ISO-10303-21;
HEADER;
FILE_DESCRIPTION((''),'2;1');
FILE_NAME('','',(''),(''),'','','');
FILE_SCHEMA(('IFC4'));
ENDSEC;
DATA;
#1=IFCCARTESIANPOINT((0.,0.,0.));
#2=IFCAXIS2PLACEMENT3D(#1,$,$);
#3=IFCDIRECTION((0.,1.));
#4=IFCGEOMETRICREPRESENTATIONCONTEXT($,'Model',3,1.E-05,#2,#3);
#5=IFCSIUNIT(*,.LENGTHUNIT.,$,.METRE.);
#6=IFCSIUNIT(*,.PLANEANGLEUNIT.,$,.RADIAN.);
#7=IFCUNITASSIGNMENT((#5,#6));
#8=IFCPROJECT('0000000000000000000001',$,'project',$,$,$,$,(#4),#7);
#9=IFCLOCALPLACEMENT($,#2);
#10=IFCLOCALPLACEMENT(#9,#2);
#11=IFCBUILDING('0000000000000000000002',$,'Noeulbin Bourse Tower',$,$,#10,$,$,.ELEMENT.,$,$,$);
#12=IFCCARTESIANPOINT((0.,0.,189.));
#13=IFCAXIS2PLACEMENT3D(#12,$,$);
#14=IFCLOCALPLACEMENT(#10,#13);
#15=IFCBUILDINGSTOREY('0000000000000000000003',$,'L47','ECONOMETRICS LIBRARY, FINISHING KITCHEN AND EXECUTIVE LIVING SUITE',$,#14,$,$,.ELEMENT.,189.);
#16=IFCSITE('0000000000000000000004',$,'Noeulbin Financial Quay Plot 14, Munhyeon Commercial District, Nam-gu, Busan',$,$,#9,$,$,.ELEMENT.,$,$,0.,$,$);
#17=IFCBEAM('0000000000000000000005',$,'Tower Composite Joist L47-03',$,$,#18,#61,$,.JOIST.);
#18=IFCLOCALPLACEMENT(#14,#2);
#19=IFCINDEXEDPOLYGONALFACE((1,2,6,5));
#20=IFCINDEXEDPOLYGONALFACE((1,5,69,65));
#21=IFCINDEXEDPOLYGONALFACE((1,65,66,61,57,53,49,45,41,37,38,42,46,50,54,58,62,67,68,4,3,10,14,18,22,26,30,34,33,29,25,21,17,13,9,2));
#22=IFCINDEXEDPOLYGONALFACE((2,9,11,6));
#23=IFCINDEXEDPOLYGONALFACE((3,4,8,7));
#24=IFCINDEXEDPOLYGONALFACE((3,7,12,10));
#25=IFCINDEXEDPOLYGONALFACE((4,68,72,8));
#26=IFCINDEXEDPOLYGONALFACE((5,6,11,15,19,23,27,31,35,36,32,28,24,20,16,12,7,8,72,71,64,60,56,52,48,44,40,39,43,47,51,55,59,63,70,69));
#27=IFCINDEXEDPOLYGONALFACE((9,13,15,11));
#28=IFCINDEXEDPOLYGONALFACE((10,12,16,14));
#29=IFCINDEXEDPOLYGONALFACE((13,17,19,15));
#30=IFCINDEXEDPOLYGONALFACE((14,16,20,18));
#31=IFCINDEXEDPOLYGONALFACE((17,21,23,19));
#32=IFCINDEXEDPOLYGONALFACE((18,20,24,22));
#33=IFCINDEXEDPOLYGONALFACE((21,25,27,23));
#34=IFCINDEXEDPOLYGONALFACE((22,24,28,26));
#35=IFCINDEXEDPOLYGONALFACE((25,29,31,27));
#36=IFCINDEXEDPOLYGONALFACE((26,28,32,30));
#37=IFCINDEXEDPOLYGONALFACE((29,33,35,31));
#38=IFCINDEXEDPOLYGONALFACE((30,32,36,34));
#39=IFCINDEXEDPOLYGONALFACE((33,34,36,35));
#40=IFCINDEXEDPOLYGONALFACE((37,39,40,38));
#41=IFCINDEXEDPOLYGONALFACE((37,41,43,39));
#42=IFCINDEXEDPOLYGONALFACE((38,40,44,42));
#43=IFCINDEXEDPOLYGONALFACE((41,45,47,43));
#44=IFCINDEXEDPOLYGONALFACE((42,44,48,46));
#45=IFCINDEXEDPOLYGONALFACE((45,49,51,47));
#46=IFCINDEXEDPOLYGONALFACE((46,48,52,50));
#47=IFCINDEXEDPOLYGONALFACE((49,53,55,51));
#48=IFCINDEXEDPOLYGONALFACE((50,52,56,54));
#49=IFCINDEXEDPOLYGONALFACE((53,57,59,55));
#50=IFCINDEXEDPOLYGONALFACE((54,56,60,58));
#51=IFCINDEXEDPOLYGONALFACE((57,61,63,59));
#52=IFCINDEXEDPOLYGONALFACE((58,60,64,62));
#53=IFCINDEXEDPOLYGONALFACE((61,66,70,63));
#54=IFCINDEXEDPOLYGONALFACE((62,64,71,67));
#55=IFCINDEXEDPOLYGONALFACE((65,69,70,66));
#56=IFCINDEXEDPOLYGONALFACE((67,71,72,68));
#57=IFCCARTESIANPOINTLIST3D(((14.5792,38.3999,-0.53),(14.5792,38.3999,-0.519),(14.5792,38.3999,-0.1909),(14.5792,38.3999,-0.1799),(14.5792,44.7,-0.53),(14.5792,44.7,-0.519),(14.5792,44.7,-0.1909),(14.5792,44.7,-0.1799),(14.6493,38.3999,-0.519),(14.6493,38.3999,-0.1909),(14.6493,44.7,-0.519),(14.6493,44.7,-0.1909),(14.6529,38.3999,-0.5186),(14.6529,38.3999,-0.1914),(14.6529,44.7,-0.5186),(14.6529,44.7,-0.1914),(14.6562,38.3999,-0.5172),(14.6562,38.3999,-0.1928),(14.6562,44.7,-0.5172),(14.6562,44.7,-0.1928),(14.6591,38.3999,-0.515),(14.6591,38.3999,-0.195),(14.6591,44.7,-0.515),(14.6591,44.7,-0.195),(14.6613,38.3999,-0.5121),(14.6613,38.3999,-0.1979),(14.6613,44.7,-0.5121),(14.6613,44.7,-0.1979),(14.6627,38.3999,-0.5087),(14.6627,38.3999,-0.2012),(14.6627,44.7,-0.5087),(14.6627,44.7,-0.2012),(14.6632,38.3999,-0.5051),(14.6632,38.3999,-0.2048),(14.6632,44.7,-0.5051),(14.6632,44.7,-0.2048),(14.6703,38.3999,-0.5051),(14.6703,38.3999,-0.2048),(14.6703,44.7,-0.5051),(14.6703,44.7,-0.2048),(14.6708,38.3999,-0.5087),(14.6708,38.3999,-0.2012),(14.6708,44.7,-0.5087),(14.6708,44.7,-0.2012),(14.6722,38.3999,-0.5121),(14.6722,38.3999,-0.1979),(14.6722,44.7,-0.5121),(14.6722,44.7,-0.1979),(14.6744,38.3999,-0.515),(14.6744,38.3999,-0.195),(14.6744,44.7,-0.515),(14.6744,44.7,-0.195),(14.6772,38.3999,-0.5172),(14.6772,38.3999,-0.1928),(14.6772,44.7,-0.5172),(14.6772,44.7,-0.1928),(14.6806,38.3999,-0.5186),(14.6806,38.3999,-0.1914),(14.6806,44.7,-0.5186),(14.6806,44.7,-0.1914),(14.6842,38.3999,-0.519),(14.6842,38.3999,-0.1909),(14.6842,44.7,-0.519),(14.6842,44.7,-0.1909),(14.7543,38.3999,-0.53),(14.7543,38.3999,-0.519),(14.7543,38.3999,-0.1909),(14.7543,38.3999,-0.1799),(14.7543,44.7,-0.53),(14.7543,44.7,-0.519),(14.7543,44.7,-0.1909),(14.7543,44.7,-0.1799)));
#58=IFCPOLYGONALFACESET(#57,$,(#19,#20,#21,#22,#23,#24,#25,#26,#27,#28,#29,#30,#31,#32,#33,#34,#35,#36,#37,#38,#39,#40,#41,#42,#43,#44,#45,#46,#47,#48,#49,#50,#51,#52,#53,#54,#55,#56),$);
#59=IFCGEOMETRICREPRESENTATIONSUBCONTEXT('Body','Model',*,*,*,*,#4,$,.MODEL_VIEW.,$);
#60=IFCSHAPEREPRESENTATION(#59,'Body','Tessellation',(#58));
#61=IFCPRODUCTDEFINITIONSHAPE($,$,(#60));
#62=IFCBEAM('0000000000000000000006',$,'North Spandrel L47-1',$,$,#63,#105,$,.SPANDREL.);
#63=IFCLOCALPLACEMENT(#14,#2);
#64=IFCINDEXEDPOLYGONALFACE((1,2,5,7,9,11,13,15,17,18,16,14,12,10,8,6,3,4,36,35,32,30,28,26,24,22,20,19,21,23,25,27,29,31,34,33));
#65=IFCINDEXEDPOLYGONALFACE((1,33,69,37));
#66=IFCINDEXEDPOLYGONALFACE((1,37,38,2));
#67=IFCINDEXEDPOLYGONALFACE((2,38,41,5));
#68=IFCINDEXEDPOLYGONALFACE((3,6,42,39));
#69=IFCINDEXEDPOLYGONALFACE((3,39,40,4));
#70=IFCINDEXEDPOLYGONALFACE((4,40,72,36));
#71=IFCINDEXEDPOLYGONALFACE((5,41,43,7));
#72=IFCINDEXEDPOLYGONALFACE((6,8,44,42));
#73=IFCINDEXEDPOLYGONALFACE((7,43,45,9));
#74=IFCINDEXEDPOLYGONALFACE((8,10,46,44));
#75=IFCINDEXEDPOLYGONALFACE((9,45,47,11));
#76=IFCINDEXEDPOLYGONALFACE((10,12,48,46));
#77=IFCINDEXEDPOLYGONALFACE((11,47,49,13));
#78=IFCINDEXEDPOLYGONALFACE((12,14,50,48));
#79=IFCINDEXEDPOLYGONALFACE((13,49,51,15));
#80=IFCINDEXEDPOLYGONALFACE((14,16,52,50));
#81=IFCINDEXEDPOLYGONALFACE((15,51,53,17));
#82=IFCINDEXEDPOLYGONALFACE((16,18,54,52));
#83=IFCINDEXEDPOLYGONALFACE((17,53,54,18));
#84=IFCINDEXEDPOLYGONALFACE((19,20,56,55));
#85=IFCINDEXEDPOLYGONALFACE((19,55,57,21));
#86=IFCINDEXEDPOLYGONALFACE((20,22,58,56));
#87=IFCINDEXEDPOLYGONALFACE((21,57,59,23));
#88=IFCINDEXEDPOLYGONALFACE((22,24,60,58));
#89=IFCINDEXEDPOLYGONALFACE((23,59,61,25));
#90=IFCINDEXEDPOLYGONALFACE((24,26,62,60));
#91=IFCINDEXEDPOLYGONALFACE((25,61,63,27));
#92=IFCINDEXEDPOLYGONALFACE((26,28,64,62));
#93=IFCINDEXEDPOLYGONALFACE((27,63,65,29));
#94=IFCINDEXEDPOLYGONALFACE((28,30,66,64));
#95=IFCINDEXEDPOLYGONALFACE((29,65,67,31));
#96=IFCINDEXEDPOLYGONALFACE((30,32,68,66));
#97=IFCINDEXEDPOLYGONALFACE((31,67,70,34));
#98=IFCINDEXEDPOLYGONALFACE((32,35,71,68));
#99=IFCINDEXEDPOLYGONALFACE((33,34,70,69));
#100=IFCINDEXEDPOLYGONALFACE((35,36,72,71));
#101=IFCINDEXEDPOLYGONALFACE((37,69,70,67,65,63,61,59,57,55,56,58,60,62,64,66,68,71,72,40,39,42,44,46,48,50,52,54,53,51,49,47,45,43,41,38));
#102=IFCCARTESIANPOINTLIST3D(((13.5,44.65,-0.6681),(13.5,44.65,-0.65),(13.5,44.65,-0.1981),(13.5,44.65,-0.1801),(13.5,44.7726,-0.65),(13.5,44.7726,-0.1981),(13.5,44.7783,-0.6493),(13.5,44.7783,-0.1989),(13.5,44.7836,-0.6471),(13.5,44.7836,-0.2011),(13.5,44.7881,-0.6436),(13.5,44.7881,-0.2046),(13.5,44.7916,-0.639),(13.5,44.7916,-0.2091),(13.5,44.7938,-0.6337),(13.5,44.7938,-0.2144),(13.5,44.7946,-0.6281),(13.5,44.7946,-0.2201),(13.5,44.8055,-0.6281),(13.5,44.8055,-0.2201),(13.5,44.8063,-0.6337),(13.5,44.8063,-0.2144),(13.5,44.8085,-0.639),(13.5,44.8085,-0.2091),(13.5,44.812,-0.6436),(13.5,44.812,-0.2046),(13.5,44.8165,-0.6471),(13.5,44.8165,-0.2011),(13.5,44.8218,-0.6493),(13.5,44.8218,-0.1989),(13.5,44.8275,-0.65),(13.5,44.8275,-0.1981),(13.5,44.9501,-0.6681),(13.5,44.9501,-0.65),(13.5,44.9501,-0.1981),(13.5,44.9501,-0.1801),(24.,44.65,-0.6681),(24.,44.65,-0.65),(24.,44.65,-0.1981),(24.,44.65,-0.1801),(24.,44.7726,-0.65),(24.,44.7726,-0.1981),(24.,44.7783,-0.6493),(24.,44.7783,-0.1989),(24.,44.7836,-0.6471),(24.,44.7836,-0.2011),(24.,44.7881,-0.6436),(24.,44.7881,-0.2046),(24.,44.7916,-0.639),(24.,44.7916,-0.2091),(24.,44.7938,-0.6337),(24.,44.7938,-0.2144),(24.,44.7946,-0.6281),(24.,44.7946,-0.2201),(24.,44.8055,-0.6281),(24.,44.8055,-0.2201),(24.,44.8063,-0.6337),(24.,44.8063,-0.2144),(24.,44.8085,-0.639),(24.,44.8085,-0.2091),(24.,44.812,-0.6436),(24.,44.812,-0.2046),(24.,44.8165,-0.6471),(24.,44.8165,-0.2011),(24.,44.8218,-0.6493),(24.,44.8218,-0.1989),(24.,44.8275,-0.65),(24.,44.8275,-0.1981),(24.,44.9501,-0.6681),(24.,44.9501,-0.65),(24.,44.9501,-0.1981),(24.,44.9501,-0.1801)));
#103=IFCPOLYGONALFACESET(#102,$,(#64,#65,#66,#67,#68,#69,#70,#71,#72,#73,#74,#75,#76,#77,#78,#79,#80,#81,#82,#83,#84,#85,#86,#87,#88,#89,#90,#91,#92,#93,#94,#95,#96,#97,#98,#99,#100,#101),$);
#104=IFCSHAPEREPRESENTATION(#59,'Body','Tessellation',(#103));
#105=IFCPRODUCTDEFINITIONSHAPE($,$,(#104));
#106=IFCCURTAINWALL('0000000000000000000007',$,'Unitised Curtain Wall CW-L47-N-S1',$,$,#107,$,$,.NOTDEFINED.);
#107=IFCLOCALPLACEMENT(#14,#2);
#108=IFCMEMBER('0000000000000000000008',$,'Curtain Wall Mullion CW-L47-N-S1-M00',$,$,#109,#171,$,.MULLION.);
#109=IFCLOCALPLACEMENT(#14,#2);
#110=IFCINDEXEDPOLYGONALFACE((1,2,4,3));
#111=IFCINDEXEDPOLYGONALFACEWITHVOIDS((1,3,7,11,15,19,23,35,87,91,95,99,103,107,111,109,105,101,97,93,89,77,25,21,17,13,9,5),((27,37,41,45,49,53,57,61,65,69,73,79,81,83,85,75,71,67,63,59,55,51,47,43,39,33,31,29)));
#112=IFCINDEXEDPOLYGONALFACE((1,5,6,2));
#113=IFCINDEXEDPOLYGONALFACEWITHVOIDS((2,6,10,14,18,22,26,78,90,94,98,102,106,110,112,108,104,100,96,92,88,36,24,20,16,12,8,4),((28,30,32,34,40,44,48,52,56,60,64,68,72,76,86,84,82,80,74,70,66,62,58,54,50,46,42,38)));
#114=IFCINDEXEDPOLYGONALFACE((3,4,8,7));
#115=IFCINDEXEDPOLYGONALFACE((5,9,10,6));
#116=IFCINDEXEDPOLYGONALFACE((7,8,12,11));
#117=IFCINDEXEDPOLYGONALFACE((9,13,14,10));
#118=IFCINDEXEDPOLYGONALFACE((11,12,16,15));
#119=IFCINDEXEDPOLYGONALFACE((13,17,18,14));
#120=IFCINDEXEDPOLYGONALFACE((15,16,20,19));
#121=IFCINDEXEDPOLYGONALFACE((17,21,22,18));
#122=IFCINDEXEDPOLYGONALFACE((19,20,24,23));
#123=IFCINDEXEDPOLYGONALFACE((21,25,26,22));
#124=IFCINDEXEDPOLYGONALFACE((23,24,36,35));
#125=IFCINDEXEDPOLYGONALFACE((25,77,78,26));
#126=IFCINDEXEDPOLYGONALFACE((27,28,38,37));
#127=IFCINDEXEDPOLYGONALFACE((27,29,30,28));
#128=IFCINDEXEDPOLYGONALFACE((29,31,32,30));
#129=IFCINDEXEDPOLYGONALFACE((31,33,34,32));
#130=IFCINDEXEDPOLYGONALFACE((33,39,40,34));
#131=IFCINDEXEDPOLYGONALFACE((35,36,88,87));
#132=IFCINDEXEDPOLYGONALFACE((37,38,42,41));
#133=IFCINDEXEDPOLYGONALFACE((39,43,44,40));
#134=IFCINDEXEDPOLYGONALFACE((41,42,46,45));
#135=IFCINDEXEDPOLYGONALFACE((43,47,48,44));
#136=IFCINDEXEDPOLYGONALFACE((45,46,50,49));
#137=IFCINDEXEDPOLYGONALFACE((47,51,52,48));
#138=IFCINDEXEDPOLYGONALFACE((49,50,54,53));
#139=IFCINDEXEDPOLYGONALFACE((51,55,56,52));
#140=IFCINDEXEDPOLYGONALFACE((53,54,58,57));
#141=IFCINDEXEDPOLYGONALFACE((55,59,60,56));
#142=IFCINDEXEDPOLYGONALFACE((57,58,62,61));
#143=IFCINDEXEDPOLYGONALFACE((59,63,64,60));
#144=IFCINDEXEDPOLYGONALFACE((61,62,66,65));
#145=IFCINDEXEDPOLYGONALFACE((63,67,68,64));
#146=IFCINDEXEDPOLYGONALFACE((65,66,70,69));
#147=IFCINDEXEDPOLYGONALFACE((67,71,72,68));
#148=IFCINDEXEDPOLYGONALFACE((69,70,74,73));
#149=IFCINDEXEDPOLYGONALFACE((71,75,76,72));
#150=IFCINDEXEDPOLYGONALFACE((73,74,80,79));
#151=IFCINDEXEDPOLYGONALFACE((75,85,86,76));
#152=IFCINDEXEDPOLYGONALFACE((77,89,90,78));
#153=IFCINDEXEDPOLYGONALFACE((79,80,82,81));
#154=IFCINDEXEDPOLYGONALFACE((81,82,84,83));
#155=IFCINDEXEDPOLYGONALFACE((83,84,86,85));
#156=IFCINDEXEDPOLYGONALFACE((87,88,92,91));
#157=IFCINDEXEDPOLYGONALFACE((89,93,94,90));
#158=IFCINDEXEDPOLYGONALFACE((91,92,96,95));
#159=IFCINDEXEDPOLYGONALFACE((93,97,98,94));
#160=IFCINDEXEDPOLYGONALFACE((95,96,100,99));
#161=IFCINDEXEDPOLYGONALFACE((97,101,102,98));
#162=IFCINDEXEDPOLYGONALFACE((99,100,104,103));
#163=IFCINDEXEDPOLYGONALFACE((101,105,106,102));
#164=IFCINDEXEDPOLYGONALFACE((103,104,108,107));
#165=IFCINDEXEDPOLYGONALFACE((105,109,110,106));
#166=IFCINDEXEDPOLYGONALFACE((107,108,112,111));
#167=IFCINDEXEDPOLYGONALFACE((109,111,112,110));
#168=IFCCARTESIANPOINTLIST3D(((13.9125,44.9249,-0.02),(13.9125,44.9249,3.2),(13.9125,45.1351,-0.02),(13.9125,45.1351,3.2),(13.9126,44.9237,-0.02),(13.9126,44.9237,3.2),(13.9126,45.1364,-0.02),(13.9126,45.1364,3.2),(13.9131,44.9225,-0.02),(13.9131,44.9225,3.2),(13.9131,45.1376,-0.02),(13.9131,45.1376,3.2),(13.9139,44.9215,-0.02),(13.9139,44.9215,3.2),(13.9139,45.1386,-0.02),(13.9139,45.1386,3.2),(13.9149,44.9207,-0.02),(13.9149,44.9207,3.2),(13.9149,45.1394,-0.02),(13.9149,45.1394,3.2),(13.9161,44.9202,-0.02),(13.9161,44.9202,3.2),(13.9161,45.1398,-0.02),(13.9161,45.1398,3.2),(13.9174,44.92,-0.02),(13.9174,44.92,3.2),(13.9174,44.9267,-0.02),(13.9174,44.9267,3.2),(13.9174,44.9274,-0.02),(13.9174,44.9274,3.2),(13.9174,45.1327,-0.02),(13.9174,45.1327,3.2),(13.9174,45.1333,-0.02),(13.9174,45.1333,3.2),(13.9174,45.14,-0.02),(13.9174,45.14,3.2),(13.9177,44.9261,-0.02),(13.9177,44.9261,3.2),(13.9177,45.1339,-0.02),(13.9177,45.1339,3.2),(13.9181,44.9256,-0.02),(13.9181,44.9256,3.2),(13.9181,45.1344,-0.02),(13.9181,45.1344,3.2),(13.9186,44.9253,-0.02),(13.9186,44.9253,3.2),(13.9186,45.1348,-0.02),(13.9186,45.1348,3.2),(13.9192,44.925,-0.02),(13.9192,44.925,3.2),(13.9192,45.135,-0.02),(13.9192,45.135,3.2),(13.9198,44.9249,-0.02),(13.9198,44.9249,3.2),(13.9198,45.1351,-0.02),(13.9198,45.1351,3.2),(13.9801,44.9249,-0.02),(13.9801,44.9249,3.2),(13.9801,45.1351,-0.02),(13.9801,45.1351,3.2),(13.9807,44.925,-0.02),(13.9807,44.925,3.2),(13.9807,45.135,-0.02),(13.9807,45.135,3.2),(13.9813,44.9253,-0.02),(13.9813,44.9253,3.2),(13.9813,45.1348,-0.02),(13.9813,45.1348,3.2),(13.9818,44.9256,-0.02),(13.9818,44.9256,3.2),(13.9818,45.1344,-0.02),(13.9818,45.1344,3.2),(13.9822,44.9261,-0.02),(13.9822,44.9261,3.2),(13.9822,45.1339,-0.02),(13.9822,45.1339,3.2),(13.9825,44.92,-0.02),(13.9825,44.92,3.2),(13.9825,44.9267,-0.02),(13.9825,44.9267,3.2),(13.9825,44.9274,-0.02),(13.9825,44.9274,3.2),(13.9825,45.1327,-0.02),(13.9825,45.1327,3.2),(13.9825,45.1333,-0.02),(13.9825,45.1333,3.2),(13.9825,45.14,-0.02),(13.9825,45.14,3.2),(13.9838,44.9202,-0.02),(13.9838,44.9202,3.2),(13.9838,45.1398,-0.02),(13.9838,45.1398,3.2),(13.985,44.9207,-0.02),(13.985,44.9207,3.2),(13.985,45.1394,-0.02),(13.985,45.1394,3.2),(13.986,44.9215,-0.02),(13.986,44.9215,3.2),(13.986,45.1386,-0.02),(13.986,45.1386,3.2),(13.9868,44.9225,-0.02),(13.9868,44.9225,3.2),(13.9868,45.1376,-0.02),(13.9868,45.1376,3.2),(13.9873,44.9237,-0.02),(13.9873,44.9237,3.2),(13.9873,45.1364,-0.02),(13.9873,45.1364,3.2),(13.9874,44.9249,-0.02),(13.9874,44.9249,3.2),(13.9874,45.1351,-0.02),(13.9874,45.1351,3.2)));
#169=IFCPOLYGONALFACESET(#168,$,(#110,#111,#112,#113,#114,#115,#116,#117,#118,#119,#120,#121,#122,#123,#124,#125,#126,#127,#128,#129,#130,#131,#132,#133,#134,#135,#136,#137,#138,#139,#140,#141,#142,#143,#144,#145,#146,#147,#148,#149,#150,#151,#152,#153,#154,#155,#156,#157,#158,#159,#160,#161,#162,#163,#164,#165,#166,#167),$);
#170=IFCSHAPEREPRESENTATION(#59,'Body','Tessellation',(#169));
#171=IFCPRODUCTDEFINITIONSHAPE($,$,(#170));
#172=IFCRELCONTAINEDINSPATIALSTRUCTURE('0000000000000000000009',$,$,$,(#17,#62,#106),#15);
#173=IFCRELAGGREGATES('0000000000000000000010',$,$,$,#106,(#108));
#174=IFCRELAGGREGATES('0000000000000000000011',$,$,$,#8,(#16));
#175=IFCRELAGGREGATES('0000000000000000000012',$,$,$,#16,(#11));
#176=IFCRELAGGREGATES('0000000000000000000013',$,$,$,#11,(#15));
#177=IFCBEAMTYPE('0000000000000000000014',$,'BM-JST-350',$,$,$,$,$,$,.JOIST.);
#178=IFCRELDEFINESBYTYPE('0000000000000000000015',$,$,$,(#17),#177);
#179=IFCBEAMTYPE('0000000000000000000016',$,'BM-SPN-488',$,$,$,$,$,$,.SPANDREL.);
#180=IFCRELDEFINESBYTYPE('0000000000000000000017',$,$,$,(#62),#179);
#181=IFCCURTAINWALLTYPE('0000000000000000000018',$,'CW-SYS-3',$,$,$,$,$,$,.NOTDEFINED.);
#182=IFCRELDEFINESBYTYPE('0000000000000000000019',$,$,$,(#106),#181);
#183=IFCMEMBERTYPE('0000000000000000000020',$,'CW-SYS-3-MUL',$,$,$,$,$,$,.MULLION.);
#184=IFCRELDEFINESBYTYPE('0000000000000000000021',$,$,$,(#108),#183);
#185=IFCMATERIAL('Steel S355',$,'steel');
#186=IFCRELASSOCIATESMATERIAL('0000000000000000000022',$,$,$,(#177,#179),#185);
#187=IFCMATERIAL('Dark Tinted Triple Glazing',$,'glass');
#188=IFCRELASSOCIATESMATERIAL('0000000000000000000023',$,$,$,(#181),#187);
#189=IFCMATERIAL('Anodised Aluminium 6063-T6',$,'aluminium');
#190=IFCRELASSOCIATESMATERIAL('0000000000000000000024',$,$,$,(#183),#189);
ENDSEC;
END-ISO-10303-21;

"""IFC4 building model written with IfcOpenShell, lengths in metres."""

from ifc_helpers import new_model, si_unit, direction, frame, origin, origin_2d, place, context, subcontext, project, spatial, hollow_rectangle, i_section, extrude, material, material_profile, profile_set, type_object, element, aggregate, save


model = new_model("IFC4")

# Units and contexts
model_context = context("Model", 3, precision=1e-05, world=origin(), true_north=direction((0.0, 1.0)))
body_context = subcontext(model_context, "Body", "Model", "MODEL_VIEW")
ifc_project = project(units=[si_unit("LENGTHUNIT", "METRE"), si_unit("PLANEANGLEUNIT", "RADIAN")], contexts=[model_context])

# Site, building, storey
site_placement = place(None, origin())
site = spatial("IfcSite", under=ifc_project, at=site_placement, Name="Noeulbin Financial Quay Plot 14, Munhyeon Commercial District, Nam-gu, Busan", CompositionType="ELEMENT", RefElevation=0.0)
building_placement = place(site_placement, origin())
building = spatial("IfcBuilding", under=site, at=building_placement, Name="Noeulbin Bourse Tower", CompositionType="ELEMENT")
storey_placement = place(building_placement, frame((0.0, 0.0, 189.0)))
storey = spatial("IfcBuildingStorey", under=building, at=storey_placement, Name="L47", Description="ECONOMETRICS LIBRARY, FINISHING KITCHEN AND EXECUTIVE LIVING SUITE", CompositionType="ELEMENT", Elevation=189.0)

# Shared definitions
ifc_material_1 = material(Name="Steel S355", Category="steel")

# Beams
ifc_material_profile_1 = material_profile(ifc_material_1, i_section(OverallWidth=0.175, OverallDepth=0.3501, WebThickness=0.0071, FlangeThickness=0.011, FilletRadius=0.0139, at=origin_2d()), Name="H-350x175x7x11", Category="LoadBearing")
ifc_profile_set_1 = profile_set([ifc_material_profile_1], Name="Steel S355")
beam_type_1 = type_object("IfcBeamType", Name="BM-JST-350", PredefinedType="JOIST", material=ifc_profile_set_1)
beam_1_placement = place(storey_placement, frame((14.6667, 38.3999, -0.355), z_axis=(0.0, 1.0, 0.0), x_axis=(-1.0, 0.0, 0.0)))
element("IfcBeam", 1, at=beam_1_placement, inside=storey, type_object=beam_type_1, Name="Tower Composite Joist L47-03", PredefinedType="JOIST", context=body_context, shape_type="SweptSolid", body=[
    extrude(i_section(OverallWidth=0.175, OverallDepth=0.3501, WebThickness=0.0071, FlangeThickness=0.011, FilletRadius=0.0139, at=origin_2d()), origin(), (0.0, 0.0, 1.0), 6.3),
])
ifc_material_profile_2 = material_profile(ifc_material_1, i_section(OverallWidth=0.3, OverallDepth=0.488, WebThickness=0.011, FlangeThickness=0.0181, FilletRadius=0.022, at=origin_2d()), Name="H-488x300x11x18", Category="LoadBearing")
ifc_profile_set_2 = profile_set([ifc_material_profile_2], Name="Steel S355")
beam_type_2 = type_object("IfcBeamType", Name="BM-SPN-488", PredefinedType="SPANDREL", material=ifc_profile_set_2)
beam_2_placement = place(storey_placement, frame((13.5, 44.8, -0.4241), z_axis=(1.0, 0.0, 0.0), x_axis=(0.0, 1.0, 0.0)))
element("IfcBeam", 2, at=beam_2_placement, inside=storey, type_object=beam_type_2, Name="North Spandrel L47-1", PredefinedType="SPANDREL", context=body_context, shape_type="SweptSolid", body=[
    extrude(i_section(OverallWidth=0.3, OverallDepth=0.488, WebThickness=0.011, FlangeThickness=0.0181, FilletRadius=0.022, at=origin_2d()), origin(), (0.0, 0.0, 1.0), 10.5),
])

# Curtain wall, member
ifc_material_2 = material(Name="Dark Tinted Triple Glazing", Category="glass")
curtain_wall_type = type_object("IfcCurtainWallType", Name="CW-SYS-3", PredefinedType="NOTDEFINED", material=ifc_material_2)
curtain_wall_1_placement = place(storey_placement, origin())
curtain_wall_1 = element("IfcCurtainWall", 3, at=curtain_wall_1_placement, inside=storey, type_object=curtain_wall_type, Name="Unitised Curtain Wall CW-L47-N-S1", PredefinedType="NOTDEFINED")
ifc_material_3 = material(Name="Anodised Aluminium 6063-T6", Category="aluminium")
ifc_material_profile_3 = material_profile(ifc_material_3, hollow_rectangle(XDim=0.075, YDim=0.22, WallThickness=0.0049, InnerFilletRadius=0.0024, OuterFilletRadius=0.0049, at=origin_2d()), Name="ALU-MULL-75x220x5", Category="LoadBearing")
ifc_profile_set_3 = profile_set([ifc_material_profile_3], Name="Anodised Aluminium 6063-T6")
member_type_1 = type_object("IfcMemberType", Name="CW-SYS-3-MUL", PredefinedType="MULLION", material=ifc_profile_set_3)
member_1_placement = place(storey_placement, frame((13.95, 45.03, -0.02), z_axis=(0.0, 0.0, 1.0), x_axis=(1.0, 0.0, 0.0)))
member_1 = element("IfcMember", 4, at=member_1_placement, type_object=member_type_1, Name="Curtain Wall Mullion CW-L47-N-S1-M00", PredefinedType="MULLION", context=body_context, shape_type="SweptSolid", body=[
    extrude(hollow_rectangle(XDim=0.075, YDim=0.22, WallThickness=0.0049, InnerFilletRadius=0.0024, OuterFilletRadius=0.0049, at=origin_2d()), origin(), (0.0, 0.0, 1.0), 3.22),
])

aggregate(curtain_wall_1, [member_1])

save(model, "model.ifc")
